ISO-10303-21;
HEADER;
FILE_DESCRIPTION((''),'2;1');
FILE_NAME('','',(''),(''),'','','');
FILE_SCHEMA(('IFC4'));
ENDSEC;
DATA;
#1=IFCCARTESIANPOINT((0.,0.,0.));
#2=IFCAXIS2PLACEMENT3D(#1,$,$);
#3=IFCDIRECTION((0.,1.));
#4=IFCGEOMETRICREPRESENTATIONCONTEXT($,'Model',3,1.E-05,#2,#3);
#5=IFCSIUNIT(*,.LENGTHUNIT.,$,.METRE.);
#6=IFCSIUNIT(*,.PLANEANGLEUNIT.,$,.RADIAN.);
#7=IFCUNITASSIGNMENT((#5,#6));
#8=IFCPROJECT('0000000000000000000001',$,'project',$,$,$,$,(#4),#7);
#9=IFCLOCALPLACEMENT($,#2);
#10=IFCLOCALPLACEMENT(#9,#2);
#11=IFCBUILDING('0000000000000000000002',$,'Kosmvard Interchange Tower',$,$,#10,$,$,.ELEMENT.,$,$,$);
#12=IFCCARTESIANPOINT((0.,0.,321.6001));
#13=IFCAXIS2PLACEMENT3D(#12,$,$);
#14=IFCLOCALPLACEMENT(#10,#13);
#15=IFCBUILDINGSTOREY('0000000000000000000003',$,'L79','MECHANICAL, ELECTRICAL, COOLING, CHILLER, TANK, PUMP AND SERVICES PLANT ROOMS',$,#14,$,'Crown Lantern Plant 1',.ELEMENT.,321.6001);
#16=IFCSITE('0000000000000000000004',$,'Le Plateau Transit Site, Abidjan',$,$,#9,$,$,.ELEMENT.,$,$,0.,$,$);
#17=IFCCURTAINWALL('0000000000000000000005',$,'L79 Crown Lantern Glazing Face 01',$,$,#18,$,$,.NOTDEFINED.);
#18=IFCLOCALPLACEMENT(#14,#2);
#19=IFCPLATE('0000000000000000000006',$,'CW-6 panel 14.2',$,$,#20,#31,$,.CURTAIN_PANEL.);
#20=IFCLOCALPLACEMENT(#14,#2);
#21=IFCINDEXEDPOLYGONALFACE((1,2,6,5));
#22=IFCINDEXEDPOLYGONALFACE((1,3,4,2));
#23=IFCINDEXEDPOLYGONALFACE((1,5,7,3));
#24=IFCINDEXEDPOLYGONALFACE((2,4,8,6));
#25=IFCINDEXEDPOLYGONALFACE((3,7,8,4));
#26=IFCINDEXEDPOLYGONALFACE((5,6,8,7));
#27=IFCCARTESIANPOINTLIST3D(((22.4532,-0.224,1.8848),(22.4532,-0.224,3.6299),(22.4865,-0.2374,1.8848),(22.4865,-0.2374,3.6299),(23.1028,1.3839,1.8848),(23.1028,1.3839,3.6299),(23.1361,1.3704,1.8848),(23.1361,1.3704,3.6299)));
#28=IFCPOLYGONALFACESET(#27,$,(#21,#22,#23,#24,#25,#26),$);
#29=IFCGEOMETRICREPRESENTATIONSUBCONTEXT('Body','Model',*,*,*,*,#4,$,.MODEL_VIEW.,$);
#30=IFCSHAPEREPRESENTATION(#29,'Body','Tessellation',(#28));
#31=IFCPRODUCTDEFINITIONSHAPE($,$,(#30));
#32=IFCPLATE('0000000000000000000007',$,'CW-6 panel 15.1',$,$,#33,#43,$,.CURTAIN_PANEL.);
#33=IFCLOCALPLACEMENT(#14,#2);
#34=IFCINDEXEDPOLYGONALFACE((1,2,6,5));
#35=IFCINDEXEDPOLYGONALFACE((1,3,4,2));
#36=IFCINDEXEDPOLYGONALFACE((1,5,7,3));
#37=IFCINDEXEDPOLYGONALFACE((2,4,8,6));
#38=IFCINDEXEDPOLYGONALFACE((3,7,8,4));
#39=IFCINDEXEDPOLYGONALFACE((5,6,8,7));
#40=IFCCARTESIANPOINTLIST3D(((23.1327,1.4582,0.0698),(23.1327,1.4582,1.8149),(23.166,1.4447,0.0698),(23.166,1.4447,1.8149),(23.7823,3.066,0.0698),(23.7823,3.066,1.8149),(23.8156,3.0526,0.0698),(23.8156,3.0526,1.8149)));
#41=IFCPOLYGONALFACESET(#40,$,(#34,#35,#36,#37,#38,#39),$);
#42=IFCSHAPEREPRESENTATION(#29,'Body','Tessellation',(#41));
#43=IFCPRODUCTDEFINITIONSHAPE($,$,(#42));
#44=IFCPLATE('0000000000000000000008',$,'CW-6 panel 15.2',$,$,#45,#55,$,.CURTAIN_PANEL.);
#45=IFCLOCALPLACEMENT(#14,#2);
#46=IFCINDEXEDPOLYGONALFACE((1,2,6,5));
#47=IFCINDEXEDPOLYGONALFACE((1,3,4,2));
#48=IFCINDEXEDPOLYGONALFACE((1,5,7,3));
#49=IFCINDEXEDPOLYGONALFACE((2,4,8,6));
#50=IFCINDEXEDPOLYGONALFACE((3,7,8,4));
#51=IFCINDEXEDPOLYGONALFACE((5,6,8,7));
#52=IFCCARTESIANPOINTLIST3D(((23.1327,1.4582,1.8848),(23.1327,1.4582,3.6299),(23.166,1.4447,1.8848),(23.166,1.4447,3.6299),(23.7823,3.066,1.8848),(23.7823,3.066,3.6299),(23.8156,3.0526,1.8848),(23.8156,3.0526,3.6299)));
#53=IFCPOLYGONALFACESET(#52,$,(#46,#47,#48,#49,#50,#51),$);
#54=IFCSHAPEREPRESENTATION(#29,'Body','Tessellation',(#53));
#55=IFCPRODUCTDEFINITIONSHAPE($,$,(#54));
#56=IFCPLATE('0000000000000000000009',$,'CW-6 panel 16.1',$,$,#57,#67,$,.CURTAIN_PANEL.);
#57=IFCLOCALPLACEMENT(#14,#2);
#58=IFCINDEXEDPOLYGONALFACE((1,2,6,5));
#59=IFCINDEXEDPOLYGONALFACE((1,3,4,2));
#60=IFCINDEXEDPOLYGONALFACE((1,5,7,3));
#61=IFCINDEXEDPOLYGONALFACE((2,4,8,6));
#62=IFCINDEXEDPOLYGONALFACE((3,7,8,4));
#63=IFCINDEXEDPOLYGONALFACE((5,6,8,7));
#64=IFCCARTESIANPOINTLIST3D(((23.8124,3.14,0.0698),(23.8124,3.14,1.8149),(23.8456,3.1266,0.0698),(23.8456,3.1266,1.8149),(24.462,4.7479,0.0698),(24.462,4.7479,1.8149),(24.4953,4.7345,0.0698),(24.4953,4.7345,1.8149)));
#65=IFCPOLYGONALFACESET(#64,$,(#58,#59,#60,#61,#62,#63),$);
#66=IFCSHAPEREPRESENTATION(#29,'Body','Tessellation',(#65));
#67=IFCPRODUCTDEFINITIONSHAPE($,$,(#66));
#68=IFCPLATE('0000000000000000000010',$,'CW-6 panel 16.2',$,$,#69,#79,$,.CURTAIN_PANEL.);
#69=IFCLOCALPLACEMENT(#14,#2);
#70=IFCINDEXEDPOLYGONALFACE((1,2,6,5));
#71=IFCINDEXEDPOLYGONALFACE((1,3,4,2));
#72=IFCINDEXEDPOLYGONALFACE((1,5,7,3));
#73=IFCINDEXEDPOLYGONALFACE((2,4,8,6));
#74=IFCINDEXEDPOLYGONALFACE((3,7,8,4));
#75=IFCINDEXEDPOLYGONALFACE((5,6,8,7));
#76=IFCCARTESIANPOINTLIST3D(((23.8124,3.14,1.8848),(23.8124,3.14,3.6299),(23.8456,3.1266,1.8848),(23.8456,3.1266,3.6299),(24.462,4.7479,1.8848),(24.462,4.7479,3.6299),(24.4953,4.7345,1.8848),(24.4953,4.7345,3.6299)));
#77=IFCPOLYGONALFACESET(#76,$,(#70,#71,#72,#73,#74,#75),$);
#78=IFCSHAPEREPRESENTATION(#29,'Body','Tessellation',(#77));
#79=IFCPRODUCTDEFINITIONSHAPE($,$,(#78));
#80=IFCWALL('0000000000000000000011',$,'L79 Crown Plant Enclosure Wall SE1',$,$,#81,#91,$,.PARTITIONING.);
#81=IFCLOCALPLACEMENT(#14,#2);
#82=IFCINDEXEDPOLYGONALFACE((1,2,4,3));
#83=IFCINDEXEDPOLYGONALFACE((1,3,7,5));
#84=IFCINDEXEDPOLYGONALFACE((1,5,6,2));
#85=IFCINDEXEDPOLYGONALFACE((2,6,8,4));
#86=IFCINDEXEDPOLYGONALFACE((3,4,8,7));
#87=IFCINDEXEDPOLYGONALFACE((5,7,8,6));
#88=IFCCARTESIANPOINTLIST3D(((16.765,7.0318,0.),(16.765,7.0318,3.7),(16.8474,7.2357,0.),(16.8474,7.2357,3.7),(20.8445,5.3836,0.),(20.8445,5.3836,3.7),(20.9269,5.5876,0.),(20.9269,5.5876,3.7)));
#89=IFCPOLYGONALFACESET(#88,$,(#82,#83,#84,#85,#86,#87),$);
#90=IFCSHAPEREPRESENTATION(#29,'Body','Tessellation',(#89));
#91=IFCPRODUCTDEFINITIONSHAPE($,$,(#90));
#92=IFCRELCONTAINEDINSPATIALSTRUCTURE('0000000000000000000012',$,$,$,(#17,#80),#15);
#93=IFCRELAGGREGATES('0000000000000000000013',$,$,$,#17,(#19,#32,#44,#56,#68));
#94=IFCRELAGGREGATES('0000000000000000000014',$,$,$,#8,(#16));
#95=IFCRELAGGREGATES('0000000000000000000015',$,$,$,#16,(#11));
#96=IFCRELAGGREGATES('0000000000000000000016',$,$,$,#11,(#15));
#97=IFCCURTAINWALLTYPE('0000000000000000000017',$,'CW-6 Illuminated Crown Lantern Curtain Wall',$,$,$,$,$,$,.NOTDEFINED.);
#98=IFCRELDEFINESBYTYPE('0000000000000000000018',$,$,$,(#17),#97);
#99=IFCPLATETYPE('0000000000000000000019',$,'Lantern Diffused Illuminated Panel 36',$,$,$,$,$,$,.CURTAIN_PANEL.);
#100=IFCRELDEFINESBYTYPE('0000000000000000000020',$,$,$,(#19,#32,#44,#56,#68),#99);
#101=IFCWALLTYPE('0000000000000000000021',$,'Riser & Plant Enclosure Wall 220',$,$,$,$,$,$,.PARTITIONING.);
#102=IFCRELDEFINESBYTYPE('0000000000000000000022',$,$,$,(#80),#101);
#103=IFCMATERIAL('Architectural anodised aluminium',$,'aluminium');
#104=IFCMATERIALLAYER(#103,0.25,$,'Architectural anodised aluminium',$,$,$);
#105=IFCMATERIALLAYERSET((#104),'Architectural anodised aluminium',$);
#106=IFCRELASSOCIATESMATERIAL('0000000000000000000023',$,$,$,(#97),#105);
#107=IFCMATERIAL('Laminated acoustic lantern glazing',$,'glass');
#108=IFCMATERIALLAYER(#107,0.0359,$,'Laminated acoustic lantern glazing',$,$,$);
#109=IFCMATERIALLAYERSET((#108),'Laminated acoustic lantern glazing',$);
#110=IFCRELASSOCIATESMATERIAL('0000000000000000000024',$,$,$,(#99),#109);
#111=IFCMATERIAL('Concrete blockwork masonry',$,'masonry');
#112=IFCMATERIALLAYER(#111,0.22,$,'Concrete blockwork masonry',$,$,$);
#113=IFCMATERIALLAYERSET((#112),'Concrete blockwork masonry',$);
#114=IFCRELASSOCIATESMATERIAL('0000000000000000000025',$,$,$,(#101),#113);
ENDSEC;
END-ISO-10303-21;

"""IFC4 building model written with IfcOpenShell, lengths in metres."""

from ifc_helpers import new_model, si_unit, direction, frame, frame_2d, origin, origin_2d, place, context, subcontext, project, spatial, rectangle, extrude, source, transform, mapped, material, layer, layer_set, type_object, element, aggregate, save


model = new_model("IFC4")

# Units and contexts
model_context = context("Model", 3, precision=1e-05, world=origin(), true_north=direction((0.0, 1.0)))
body_context = subcontext(model_context, "Body", "Model", "MODEL_VIEW")
ifc_project = project(units=[si_unit("LENGTHUNIT", "METRE"), si_unit("PLANEANGLEUNIT", "RADIAN")], contexts=[model_context])

# Site, building, storey
site_placement = place(None, origin())
site = spatial("IfcSite", under=ifc_project, at=site_placement, Name="Le Plateau Transit Site, Abidjan", CompositionType="ELEMENT", RefElevation=0.0)
building_placement = place(site_placement, origin())
building = spatial("IfcBuilding", under=site, at=building_placement, Name="Kosmvard Interchange Tower", CompositionType="ELEMENT")
storey_placement = place(building_placement, frame((0.0, 0.0, 321.6001)))
storey = spatial("IfcBuildingStorey", under=building, at=storey_placement, Name="L79", Description="MECHANICAL, ELECTRICAL, COOLING, CHILLER, TANK, PUMP AND SERVICES PLANT ROOMS", LongName="Crown Lantern Plant 1", CompositionType="ELEMENT", Elevation=321.6001)

# Curtain wall
ifc_material_1 = material(Name="Architectural anodised aluminium", Category="aluminium")
ifc_layer_1 = layer(ifc_material_1, 0.25, Name="Architectural anodised aluminium")
ifc_layer_set_1 = layer_set([ifc_layer_1], Name="Architectural anodised aluminium")
curtain_wall_type = type_object("IfcCurtainWallType", Name="CW-6 Illuminated Crown Lantern Curtain Wall", PredefinedType="NOTDEFINED", material=ifc_layer_set_1)
curtain_wall_placement = place(storey_placement, origin())
curtain_wall = element("IfcCurtainWall", 1, at=curtain_wall_placement, inside=storey, type_object=curtain_wall_type, Name="L79 Crown Lantern Glazing Face 01", PredefinedType="NOTDEFINED")

# Plates
ifc_material_2 = material(Name="Laminated acoustic lantern glazing", Category="glass")
ifc_layer_2 = layer(ifc_material_2, 0.0359, Name="Laminated acoustic lantern glazing")
ifc_layer_set_2 = layer_set([ifc_layer_2], Name="Laminated acoustic lantern glazing")
plate_type_1 = type_object("IfcPlateType", Name="Lantern Diffused Illuminated Panel 36", PredefinedType="CURTAIN_PANEL", material=ifc_layer_set_2)
shared_shape_1 = source(origin(), body_context, "Body", "SweptSolid", [
    extrude(rectangle(XDim=1.7341, YDim=0.0359, at=origin_2d()), origin(), (0.0, 0.0, 1.0), 1.7451),
])
plate_1_placement = place(storey_placement, frame((22.7947, 0.5732, 1.8848), z_axis=(0.0, 0.0, 1.0), x_axis=(0.374607, 0.927184, 0.0)))
plate_1 = element("IfcPlate", 2, at=plate_1_placement, type_object=plate_type_1, Name="CW-6 panel 14.2", PredefinedType="CURTAIN_PANEL", context=body_context, shape_type="MappedRepresentation", body=[
    mapped(shared_shape_1, transform((0.0, 0.0, 0.0), scale=1.0)),
])
plate_2_placement = place(storey_placement, frame((23.4741, 2.2554, 0.0698), z_axis=(0.0, 0.0, 1.0), x_axis=(0.374607, 0.927184, 0.0)))
plate_2 = element("IfcPlate", 3, at=plate_2_placement, type_object=plate_type_1, Name="CW-6 panel 15.1", PredefinedType="CURTAIN_PANEL", context=body_context, shape_type="MappedRepresentation", body=[
    mapped(shared_shape_1, transform((0.0, 0.0, 0.0), scale=1.0)),
])
plate_3_placement = place(storey_placement, frame((23.4741, 2.2554, 1.8848), z_axis=(0.0, 0.0, 1.0), x_axis=(0.374607, 0.927184, 0.0)))
plate_3 = element("IfcPlate", 4, at=plate_3_placement, type_object=plate_type_1, Name="CW-6 panel 15.2", PredefinedType="CURTAIN_PANEL", context=body_context, shape_type="MappedRepresentation", body=[
    mapped(shared_shape_1, transform((0.0, 0.0, 0.0), scale=1.0)),
])
plate_4_placement = place(storey_placement, frame((24.1538, 3.9373, 0.0698), z_axis=(0.0, 0.0, 1.0), x_axis=(0.374607, 0.927184, 0.0)))
plate_4 = element("IfcPlate", 5, at=plate_4_placement, type_object=plate_type_1, Name="CW-6 panel 16.1", PredefinedType="CURTAIN_PANEL", context=body_context, shape_type="MappedRepresentation", body=[
    mapped(shared_shape_1, transform((0.0, 0.0, 0.0), scale=1.0)),
])
plate_5_placement = place(storey_placement, frame((24.1538, 3.9373, 1.8848), z_axis=(0.0, 0.0, 1.0), x_axis=(0.374607, 0.927184, 0.0)))
plate_5 = element("IfcPlate", 6, at=plate_5_placement, type_object=plate_type_1, Name="CW-6 panel 16.2", PredefinedType="CURTAIN_PANEL", context=body_context, shape_type="MappedRepresentation", body=[
    mapped(shared_shape_1, transform((0.0, 0.0, 0.0), scale=1.0)),
])
aggregate(curtain_wall, [plate_1, plate_2, plate_3, plate_4, plate_5])

# Wall
ifc_material_3 = material(Name="Concrete blockwork masonry", Category="masonry")
ifc_layer_3 = layer(ifc_material_3, 0.22, Name="Concrete blockwork masonry")
ifc_layer_set_3 = layer_set([ifc_layer_3], Name="Concrete blockwork masonry")
wall_type = type_object("IfcWallType", Name="Riser & Plant Enclosure Wall 220", PredefinedType="PARTITIONING", material=ifc_layer_set_3)
wall_placement = place(storey_placement, frame((20.8857, 5.4856, 0.0), z_axis=(0.0, 0.0, 1.0), x_axis=(-0.927189, 0.374593, 0.0)))
element("IfcWall", 7, at=wall_placement, inside=storey, type_object=wall_type, Name="L79 Crown Plant Enclosure Wall SE1", PredefinedType="PARTITIONING", context=body_context, shape_type="SweptSolid", body=[
    extrude(rectangle(XDim=4.3999, YDim=0.22, at=frame_2d((2.2, 0.0))), origin(), (0.0, 0.0, 1.0), 3.7),
])

save(model, "model.ifc")
